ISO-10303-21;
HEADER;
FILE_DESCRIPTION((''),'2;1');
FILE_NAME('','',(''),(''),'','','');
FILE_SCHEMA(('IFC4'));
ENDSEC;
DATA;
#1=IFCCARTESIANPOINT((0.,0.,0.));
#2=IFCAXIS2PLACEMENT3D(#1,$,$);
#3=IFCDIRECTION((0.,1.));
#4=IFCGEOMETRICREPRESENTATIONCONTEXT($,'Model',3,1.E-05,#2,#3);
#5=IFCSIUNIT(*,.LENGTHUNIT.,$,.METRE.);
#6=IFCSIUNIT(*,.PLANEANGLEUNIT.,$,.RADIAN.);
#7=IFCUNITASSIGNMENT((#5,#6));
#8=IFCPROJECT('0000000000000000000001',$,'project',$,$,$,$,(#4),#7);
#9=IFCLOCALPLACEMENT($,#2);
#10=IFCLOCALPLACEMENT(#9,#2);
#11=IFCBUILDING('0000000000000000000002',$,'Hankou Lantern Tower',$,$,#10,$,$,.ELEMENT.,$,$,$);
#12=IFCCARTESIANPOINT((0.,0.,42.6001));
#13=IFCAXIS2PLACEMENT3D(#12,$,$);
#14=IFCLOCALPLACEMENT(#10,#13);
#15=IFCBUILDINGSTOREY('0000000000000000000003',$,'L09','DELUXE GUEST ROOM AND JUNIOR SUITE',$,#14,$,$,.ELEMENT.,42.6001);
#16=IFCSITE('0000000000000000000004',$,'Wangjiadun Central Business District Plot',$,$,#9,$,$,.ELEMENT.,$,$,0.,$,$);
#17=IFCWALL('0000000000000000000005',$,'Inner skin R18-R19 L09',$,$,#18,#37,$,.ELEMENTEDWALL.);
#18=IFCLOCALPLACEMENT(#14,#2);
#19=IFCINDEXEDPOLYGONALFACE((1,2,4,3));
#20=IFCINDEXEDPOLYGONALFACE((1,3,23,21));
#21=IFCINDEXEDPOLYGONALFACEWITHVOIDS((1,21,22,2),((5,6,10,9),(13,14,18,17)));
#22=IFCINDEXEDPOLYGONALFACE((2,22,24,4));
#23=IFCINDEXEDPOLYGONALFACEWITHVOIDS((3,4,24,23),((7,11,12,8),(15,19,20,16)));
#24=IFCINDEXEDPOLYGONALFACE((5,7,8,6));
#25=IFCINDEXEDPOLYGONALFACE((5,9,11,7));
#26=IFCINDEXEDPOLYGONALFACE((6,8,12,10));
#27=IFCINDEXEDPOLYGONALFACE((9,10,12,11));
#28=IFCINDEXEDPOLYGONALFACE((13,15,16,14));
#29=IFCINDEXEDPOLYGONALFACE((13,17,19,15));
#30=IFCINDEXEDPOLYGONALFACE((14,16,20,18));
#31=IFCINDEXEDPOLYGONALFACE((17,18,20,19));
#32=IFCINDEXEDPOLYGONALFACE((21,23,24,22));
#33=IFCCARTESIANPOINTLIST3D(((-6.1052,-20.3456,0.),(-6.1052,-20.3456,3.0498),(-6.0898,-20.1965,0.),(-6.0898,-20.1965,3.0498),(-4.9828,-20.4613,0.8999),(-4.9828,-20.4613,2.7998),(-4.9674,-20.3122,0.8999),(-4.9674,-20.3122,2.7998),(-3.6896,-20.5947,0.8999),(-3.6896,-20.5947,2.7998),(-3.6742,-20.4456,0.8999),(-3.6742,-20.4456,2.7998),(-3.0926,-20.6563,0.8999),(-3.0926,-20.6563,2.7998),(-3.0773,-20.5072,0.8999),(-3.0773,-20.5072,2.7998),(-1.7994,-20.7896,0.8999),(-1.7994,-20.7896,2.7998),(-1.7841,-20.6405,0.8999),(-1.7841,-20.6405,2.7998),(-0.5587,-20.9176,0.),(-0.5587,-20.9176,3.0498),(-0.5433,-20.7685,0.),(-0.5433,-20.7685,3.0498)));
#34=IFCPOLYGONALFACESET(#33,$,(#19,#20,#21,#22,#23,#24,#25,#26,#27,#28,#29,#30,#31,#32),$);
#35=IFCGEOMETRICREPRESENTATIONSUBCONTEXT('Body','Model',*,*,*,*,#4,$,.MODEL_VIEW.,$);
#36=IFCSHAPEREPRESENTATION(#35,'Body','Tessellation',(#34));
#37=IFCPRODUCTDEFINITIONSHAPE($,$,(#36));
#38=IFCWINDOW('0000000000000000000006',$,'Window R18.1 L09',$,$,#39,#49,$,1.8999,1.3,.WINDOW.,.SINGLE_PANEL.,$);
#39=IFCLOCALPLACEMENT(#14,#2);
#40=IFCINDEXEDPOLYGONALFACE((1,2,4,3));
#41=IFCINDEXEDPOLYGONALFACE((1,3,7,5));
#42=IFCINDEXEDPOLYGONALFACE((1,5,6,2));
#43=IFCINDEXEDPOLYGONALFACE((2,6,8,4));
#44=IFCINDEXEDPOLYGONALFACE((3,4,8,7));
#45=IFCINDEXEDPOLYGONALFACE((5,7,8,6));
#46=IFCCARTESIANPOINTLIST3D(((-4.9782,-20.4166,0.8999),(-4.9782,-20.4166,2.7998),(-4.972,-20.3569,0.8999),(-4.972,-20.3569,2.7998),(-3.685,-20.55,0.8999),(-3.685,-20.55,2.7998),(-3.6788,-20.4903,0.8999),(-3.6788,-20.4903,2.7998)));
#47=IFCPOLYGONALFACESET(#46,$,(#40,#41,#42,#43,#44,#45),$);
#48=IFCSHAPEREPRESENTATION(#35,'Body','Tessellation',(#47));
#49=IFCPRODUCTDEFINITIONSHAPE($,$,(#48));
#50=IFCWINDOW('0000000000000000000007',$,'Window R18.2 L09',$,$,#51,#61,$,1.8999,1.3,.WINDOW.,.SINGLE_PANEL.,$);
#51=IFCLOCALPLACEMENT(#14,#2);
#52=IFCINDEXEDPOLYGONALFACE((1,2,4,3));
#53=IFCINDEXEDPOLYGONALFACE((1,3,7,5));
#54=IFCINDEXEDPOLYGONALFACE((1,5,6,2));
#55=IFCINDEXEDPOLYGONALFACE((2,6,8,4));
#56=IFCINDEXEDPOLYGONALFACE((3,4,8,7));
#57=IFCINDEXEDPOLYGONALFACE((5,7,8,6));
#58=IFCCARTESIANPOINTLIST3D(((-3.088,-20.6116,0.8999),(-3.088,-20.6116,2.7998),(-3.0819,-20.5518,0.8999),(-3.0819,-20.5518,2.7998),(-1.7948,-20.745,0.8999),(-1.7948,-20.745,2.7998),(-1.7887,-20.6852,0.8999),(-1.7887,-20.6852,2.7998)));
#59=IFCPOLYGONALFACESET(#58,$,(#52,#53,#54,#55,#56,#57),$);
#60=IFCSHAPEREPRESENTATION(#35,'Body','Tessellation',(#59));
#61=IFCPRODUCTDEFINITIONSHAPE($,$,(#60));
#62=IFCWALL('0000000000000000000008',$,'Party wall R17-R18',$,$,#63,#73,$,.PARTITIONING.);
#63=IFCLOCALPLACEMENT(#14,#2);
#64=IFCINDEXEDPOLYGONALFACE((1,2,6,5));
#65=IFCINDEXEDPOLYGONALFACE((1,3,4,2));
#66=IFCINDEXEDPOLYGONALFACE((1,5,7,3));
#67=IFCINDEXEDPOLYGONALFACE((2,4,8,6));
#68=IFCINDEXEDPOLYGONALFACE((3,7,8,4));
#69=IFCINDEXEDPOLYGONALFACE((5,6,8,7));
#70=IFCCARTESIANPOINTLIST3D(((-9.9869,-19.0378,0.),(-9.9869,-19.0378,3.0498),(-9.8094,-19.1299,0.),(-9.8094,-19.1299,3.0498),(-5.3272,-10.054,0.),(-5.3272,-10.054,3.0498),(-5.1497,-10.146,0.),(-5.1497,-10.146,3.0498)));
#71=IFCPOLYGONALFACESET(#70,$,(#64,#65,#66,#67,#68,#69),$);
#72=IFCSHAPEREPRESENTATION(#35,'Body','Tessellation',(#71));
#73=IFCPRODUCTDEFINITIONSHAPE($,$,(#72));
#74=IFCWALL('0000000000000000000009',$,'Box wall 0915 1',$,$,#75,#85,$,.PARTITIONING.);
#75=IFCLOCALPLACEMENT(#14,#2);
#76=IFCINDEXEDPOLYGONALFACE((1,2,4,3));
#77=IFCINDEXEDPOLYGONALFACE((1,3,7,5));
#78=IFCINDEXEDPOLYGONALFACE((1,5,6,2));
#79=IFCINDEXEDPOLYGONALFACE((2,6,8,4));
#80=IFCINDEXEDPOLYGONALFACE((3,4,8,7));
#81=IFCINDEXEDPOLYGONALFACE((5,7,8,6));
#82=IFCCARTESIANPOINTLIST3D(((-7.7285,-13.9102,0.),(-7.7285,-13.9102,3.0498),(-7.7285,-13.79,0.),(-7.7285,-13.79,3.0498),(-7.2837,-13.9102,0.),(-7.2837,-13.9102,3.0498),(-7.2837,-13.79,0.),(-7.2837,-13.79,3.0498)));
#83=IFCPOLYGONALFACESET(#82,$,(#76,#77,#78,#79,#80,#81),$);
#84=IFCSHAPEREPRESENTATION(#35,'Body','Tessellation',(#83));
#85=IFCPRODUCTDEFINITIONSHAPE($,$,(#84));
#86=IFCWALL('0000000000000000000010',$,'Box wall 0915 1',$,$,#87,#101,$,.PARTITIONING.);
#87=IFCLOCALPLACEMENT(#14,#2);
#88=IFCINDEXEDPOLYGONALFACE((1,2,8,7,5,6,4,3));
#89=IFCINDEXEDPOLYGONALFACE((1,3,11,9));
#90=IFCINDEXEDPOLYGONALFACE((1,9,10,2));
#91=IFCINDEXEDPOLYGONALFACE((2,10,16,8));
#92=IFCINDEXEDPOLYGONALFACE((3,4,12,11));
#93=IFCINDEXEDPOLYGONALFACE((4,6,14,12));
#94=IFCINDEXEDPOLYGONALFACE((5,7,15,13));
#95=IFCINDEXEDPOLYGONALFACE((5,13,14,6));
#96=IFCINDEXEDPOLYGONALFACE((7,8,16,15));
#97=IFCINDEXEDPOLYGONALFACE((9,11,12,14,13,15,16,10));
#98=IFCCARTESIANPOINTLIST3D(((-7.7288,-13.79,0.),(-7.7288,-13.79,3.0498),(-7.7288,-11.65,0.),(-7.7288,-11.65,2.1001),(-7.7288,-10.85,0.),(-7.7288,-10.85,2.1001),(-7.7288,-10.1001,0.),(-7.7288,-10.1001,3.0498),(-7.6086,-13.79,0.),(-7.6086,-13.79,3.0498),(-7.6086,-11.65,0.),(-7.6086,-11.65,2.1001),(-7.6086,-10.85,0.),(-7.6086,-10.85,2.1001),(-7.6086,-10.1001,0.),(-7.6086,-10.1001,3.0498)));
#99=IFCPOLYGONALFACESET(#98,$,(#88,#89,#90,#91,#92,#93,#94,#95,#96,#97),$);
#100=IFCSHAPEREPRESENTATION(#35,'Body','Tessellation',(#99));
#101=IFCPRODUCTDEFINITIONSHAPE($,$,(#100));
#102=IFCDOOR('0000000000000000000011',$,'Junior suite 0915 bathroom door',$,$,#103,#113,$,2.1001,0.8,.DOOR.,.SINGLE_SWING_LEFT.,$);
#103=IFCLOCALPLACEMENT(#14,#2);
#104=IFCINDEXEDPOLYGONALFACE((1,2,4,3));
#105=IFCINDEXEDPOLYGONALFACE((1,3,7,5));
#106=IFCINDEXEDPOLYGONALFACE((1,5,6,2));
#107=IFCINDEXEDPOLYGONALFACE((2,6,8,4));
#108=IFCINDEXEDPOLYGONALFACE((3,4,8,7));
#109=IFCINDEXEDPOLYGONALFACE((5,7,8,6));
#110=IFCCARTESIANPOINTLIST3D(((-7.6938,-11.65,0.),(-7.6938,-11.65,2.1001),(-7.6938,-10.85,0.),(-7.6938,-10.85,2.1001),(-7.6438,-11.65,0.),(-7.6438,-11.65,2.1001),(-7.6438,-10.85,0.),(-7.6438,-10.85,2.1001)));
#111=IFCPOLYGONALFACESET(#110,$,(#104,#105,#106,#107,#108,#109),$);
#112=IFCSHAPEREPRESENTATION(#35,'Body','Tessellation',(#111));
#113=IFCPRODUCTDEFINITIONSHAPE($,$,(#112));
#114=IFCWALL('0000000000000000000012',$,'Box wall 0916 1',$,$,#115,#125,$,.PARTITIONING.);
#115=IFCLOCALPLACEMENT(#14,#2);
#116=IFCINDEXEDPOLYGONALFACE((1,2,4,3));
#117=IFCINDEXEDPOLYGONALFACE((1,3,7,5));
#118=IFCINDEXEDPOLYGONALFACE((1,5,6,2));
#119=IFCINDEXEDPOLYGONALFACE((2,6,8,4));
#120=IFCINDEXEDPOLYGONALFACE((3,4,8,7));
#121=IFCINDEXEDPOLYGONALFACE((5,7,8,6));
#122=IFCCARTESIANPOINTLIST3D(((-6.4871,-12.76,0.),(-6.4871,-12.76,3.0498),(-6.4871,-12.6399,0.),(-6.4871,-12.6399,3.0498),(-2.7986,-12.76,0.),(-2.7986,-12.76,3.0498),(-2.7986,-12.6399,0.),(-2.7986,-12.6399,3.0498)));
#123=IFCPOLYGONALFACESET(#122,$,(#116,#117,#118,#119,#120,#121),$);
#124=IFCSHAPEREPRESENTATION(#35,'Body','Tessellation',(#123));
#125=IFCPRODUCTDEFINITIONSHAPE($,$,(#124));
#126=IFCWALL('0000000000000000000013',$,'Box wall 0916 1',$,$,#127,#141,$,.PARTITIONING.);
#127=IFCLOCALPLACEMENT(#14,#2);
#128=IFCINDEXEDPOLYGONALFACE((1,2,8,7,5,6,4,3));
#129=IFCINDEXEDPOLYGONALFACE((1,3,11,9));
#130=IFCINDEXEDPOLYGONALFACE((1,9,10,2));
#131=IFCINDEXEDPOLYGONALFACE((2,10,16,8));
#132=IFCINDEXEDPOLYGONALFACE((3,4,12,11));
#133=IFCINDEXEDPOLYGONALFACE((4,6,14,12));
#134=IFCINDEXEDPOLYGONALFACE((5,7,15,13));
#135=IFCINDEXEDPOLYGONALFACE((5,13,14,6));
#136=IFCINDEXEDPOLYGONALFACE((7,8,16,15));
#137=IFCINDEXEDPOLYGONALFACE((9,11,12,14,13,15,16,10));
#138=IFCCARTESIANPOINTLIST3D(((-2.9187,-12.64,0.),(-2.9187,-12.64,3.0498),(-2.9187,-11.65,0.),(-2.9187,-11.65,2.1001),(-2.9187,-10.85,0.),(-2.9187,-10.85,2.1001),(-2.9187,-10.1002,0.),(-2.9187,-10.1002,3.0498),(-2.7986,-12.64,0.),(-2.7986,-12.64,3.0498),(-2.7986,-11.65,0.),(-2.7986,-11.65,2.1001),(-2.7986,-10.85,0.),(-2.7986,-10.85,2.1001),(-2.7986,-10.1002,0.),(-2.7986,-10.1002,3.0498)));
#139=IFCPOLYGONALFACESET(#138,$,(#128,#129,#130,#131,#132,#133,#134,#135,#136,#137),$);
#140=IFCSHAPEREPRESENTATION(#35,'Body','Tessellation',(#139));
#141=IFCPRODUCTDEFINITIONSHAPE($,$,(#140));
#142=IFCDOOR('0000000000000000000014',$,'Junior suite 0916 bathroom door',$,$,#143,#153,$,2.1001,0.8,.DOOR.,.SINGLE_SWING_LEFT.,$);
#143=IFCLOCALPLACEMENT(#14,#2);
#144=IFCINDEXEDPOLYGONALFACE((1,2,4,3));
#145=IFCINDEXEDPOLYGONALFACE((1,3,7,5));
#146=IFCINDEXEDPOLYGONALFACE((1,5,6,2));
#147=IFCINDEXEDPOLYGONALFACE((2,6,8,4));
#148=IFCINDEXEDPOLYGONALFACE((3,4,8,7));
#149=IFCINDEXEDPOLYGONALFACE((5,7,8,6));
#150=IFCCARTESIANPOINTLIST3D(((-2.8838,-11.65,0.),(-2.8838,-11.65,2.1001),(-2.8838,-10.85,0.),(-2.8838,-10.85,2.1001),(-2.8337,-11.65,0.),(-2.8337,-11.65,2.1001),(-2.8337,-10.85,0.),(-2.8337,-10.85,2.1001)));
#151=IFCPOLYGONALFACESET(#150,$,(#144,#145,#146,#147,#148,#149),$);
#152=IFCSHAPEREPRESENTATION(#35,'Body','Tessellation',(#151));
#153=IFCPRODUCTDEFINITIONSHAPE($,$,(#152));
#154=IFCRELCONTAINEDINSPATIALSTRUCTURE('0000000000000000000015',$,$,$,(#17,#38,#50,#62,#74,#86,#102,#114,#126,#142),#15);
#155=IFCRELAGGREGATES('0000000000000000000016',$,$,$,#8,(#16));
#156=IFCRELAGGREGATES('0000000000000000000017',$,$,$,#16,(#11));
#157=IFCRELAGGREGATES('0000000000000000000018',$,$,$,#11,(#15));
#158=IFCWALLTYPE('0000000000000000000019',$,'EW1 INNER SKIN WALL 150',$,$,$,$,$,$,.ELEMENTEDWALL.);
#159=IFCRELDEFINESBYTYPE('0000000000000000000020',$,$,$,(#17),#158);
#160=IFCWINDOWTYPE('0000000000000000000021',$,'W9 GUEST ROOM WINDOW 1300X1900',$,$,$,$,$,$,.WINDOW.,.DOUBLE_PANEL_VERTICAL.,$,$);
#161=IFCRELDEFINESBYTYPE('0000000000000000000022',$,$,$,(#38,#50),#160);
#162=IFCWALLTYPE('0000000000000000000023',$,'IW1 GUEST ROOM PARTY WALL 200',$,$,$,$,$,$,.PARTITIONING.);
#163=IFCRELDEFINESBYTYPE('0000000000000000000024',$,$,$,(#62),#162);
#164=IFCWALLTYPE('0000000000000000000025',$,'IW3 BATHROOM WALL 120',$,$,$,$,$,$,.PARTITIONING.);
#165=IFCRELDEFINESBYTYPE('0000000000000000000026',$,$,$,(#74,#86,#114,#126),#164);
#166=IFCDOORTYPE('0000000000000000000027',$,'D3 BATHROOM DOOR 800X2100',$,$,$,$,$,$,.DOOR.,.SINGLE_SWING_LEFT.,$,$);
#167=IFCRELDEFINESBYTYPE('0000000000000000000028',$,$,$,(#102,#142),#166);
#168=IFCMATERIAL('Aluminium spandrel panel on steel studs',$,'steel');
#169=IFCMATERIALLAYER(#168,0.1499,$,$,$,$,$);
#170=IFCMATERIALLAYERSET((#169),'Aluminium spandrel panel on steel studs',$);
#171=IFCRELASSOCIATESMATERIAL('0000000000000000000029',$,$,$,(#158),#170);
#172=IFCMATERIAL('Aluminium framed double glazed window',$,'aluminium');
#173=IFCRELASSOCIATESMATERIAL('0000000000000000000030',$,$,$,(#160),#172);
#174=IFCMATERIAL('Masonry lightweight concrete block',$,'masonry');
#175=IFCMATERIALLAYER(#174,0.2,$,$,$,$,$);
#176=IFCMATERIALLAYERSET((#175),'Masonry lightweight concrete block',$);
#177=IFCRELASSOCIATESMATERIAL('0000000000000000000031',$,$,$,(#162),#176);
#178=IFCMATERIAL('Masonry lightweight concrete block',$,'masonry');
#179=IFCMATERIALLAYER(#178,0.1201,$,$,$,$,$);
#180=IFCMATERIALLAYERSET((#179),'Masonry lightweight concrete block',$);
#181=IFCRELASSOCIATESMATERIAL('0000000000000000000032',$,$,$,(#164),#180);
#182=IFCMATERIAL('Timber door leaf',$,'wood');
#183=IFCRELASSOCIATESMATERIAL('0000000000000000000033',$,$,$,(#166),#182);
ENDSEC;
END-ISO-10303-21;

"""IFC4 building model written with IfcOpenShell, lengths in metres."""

from ifc_helpers import new_model, si_unit, direction, frame, frame_2d, origin, place, context, subcontext, project, spatial, rectangle, extrude, material, layer, layer_set, type_object, element, fill, save


model = new_model("IFC4")

# Units and contexts
model_context = context("Model", 3, precision=1e-05, world=origin(), true_north=direction((0.0, 1.0)))
body_context = subcontext(model_context, "Body", "Model", "MODEL_VIEW")
ifc_project = project(units=[si_unit("LENGTHUNIT", "METRE"), si_unit("PLANEANGLEUNIT", "RADIAN")], contexts=[model_context])

# Site, building, storey
site_placement = place(None, origin())
site = spatial("IfcSite", under=ifc_project, at=site_placement, Name="Wangjiadun Central Business District Plot", CompositionType="ELEMENT", RefElevation=0.0)
building_placement = place(site_placement, origin())
building = spatial("IfcBuilding", under=site, at=building_placement, Name="Hankou Lantern Tower", CompositionType="ELEMENT")
storey_placement = place(building_placement, frame((0.0, 0.0, 42.6001)))
storey = spatial("IfcBuildingStorey", under=building, at=storey_placement, Name="L09", Description="DELUXE GUEST ROOM AND JUNIOR SUITE", CompositionType="ELEMENT", Elevation=42.6001)

# Wall, openings, windows
ifc_material_1 = material(Name="Aluminium spandrel panel on steel studs", Category="steel")
ifc_layer_1 = layer(ifc_material_1, 0.1499)
ifc_layer_set_1 = layer_set([ifc_layer_1], Name="Aluminium spandrel panel on steel studs")
wall_type_1 = type_object("IfcWallType", Name="EW1 INNER SKIN WALL 150", PredefinedType="ELEMENTEDWALL", material=ifc_layer_set_1)
ifc_material_2 = material(Name="Aluminium framed double glazed window", Category="aluminium")
window_type = type_object("IfcWindowType", Name="W9 GUEST ROOM WINDOW 1300X1900", PartitioningType="DOUBLE_PANEL_VERTICAL", PredefinedType="WINDOW", material=ifc_material_2)
wall_1_placement = place(storey_placement, frame((-6.0977, -20.271, 0.0), z_axis=(0.0, 0.0, 1.0), x_axis=(0.994724, -0.10259, 0.0)))
wall_1 = element("IfcWall", 1, at=wall_1_placement, inside=storey, type_object=wall_type_1, Name="Inner skin R18-R19 L09", PredefinedType="ELEMENTEDWALL", context=body_context, shape_type="SweptSolid", body=[
    extrude(rectangle(XDim=5.5759, YDim=0.1499, at=frame_2d((2.7881, 0.0))), origin(), (0.0, 0.0, 1.0), 3.0498),
])
opening_1_placement = place(wall_1_placement, frame((1.1287, 0.0, 0.8999)))
opening_1 = element("IfcOpeningElement", 2, at=opening_1_placement, cuts=wall_1, PredefinedType="OPENING", context=body_context, shape_type="SweptSolid", body=[
    extrude(rectangle(XDim=1.3, YDim=1.8999, at=frame_2d((0.6499, 0.95))), frame((0.0, 0.085, 0.0), z_axis=(0.0, -1.0, 0.0), x_axis=(1.0, 0.0, 0.0)), (0.0, 0.0, 1.0), 0.1699),
])
opening_2_placement = place(wall_1_placement, frame((3.0288, 0.0, 0.8999)))
opening_2 = element("IfcOpeningElement", 3, at=opening_2_placement, cuts=wall_1, PredefinedType="OPENING", context=body_context, shape_type="SweptSolid", body=[
    extrude(rectangle(XDim=1.3, YDim=1.8999, at=frame_2d((0.6499, 0.95))), frame((0.0, 0.085, 0.0), z_axis=(0.0, -1.0, 0.0), x_axis=(1.0, 0.0, 0.0)), (0.0, 0.0, 1.0), 0.1699),
])
window_1_placement = place(opening_1_placement, origin())
window_1 = element("IfcWindow", 4, at=window_1_placement, inside=storey, type_object=window_type, Name="Window R18.1 L09", OverallHeight=1.8999, OverallWidth=1.3, PartitioningType="SINGLE_PANEL", PredefinedType="WINDOW", context=body_context, shape_type="SweptSolid", body=[
    extrude(rectangle(XDim=1.3, YDim=1.8999, at=frame_2d((0.6499, 0.95))), frame((0.0, 0.03, 0.0), z_axis=(0.0, -1.0, 0.0), x_axis=(1.0, 0.0, 0.0)), (0.0, 0.0, 1.0), 0.0601),
])
fill(opening_1, window_1)
window_2_placement = place(opening_2_placement, origin())
window_2 = element("IfcWindow", 5, at=window_2_placement, inside=storey, type_object=window_type, Name="Window R18.2 L09", OverallHeight=1.8999, OverallWidth=1.3, PartitioningType="SINGLE_PANEL", PredefinedType="WINDOW", context=body_context, shape_type="SweptSolid", body=[
    extrude(rectangle(XDim=1.3, YDim=1.8999, at=frame_2d((0.6499, 0.95))), frame((0.0, 0.03, 0.0), z_axis=(0.0, -1.0, 0.0), x_axis=(1.0, 0.0, 0.0)), (0.0, 0.0, 1.0), 0.0601),
])
fill(opening_2, window_2)

# Walls
ifc_material_3 = material(Name="Masonry lightweight concrete block", Category="masonry")
ifc_layer_2 = layer(ifc_material_3, 0.2)
ifc_layer_set_2 = layer_set([ifc_layer_2], Name="Masonry lightweight concrete block")
wall_type_2 = type_object("IfcWallType", Name="IW1 GUEST ROOM PARTY WALL 200", PredefinedType="PARTITIONING", material=ifc_layer_set_2)
wall_2_placement = place(storey_placement, frame((-5.2385, -10.1001, 0.0), z_axis=(0.0, 0.0, 1.0), x_axis=(-0.460423, -0.8877, 0.0)))
element("IfcWall", 6, at=wall_2_placement, inside=storey, type_object=wall_type_2, Name="Party wall R17-R18", PredefinedType="PARTITIONING", context=body_context, shape_type="SweptSolid", body=[
    extrude(rectangle(XDim=10.1204, YDim=0.2, at=frame_2d((5.0601, 0.0))), origin(), (0.0, 0.0, 1.0), 3.0498),
])
ifc_material_4 = material(Name="Masonry lightweight concrete block", Category="masonry")
ifc_layer_3 = layer(ifc_material_4, 0.1201)
ifc_layer_set_3 = layer_set([ifc_layer_3], Name="Masonry lightweight concrete block")
wall_type_3 = type_object("IfcWallType", Name="IW3 BATHROOM WALL 120", PredefinedType="PARTITIONING", material=ifc_layer_set_3)
wall_3_placement = place(storey_placement, frame((-7.2837, -13.8501, 0.0), z_axis=(0.0, 0.0, 1.0), x_axis=(-1.0, 0.0, 0.0)))
element("IfcWall", 7, at=wall_3_placement, inside=storey, type_object=wall_type_3, Name="Box wall 0915 1", PredefinedType="PARTITIONING", context=body_context, shape_type="SweptSolid", body=[
    extrude(rectangle(XDim=0.4448, YDim=0.1201, at=frame_2d((0.2224, 0.0))), origin(), (0.0, 0.0, 1.0), 3.0498),
])

# Wall, opening, door
wall_4_placement = place(storey_placement, frame((-7.6687, -10.1001, 0.0), z_axis=(0.0, 0.0, 1.0), x_axis=(0.0, -1.0, 0.0)))
wall_4 = element("IfcWall", 8, at=wall_4_placement, inside=storey, type_object=wall_type_3, Name="Box wall 0915 1", PredefinedType="PARTITIONING", context=body_context, shape_type="SweptSolid", body=[
    extrude(rectangle(XDim=3.6899, YDim=0.1201, at=frame_2d((1.845, 0.0))), origin(), (0.0, 0.0, 1.0), 3.0498),
])
opening_3_placement = place(wall_4_placement, frame((0.75, 0.0, 0.0)))
opening_3 = element("IfcOpeningElement", 9, at=opening_3_placement, cuts=wall_4, PredefinedType="OPENING", context=body_context, shape_type="SweptSolid", body=[
    extrude(rectangle(XDim=0.8, YDim=2.1001, at=frame_2d((0.3999, 1.05))), frame((0.0, 0.0701, 0.0), z_axis=(0.0, -1.0, 0.0), x_axis=(1.0, 0.0, 0.0)), (0.0, 0.0, 1.0), 0.1401),
])
ifc_material_5 = material(Name="Timber door leaf", Category="wood")
door_type = type_object("IfcDoorType", Name="D3 BATHROOM DOOR 800X2100", OperationType="SINGLE_SWING_LEFT", PredefinedType="DOOR", material=ifc_material_5)
door_1_placement = place(opening_3_placement, origin())
door_1 = element("IfcDoor", 10, at=door_1_placement, inside=storey, type_object=door_type, Name="Junior suite 0915 bathroom door", OperationType="SINGLE_SWING_LEFT", OverallHeight=2.1001, OverallWidth=0.8, PredefinedType="DOOR", context=body_context, shape_type="SweptSolid", body=[
    extrude(rectangle(XDim=0.8, YDim=2.1001, at=frame_2d((0.3999, 1.05))), frame((0.0, 0.0249, 0.0), z_axis=(0.0, -1.0, 0.0), x_axis=(1.0, 0.0, 0.0)), (0.0, 0.0, 1.0), 0.05),
])
fill(opening_3, door_1)

# Wall
wall_5_placement = place(storey_placement, frame((-6.4871, -12.7, 0.0), z_axis=(0.0, 0.0, 1.0), x_axis=(1.0, 0.0, 0.0)))
element("IfcWall", 11, at=wall_5_placement, inside=storey, type_object=wall_type_3, Name="Box wall 0916 1", PredefinedType="PARTITIONING", context=body_context, shape_type="SweptSolid", body=[
    extrude(rectangle(XDim=3.6885, YDim=0.1201, at=frame_2d((1.8442, 0.0))), origin(), (0.0, 0.0, 1.0), 3.0498),
])

# Wall, opening, door
wall_6_placement = place(storey_placement, frame((-2.8586, -10.1001, 0.0), z_axis=(0.0, 0.0, 1.0), x_axis=(0.0, -1.0, 0.0)))
wall_6 = element("IfcWall", 12, at=wall_6_placement, inside=storey, type_object=wall_type_3, Name="Box wall 0916 1", PredefinedType="PARTITIONING", context=body_context, shape_type="SweptSolid", body=[
    extrude(rectangle(XDim=2.5398, YDim=0.1201, at=frame_2d((1.27, 0.0))), origin(), (0.0, 0.0, 1.0), 3.0498),
])
opening_4_placement = place(wall_6_placement, frame((0.75, 0.0, 0.0)))
opening_4 = element("IfcOpeningElement", 13, at=opening_4_placement, cuts=wall_6, PredefinedType="OPENING", context=body_context, shape_type="SweptSolid", body=[
    extrude(rectangle(XDim=0.8, YDim=2.1001, at=frame_2d((0.3999, 1.05))), frame((0.0, 0.0701, 0.0), z_axis=(0.0, -1.0, 0.0), x_axis=(1.0, 0.0, 0.0)), (0.0, 0.0, 1.0), 0.1401),
])
door_2_placement = place(opening_4_placement, origin())
door_2 = element("IfcDoor", 14, at=door_2_placement, inside=storey, type_object=door_type, Name="Junior suite 0916 bathroom door", OperationType="SINGLE_SWING_LEFT", OverallHeight=2.1001, OverallWidth=0.8, PredefinedType="DOOR", context=body_context, shape_type="SweptSolid", body=[
    extrude(rectangle(XDim=0.8, YDim=2.1001, at=frame_2d((0.3999, 1.05))), frame((0.0, 0.0249, 0.0), z_axis=(0.0, -1.0, 0.0), x_axis=(1.0, 0.0, 0.0)), (0.0, 0.0, 1.0), 0.05),
])
fill(opening_4, door_2)

save(model, "model.ifc")
